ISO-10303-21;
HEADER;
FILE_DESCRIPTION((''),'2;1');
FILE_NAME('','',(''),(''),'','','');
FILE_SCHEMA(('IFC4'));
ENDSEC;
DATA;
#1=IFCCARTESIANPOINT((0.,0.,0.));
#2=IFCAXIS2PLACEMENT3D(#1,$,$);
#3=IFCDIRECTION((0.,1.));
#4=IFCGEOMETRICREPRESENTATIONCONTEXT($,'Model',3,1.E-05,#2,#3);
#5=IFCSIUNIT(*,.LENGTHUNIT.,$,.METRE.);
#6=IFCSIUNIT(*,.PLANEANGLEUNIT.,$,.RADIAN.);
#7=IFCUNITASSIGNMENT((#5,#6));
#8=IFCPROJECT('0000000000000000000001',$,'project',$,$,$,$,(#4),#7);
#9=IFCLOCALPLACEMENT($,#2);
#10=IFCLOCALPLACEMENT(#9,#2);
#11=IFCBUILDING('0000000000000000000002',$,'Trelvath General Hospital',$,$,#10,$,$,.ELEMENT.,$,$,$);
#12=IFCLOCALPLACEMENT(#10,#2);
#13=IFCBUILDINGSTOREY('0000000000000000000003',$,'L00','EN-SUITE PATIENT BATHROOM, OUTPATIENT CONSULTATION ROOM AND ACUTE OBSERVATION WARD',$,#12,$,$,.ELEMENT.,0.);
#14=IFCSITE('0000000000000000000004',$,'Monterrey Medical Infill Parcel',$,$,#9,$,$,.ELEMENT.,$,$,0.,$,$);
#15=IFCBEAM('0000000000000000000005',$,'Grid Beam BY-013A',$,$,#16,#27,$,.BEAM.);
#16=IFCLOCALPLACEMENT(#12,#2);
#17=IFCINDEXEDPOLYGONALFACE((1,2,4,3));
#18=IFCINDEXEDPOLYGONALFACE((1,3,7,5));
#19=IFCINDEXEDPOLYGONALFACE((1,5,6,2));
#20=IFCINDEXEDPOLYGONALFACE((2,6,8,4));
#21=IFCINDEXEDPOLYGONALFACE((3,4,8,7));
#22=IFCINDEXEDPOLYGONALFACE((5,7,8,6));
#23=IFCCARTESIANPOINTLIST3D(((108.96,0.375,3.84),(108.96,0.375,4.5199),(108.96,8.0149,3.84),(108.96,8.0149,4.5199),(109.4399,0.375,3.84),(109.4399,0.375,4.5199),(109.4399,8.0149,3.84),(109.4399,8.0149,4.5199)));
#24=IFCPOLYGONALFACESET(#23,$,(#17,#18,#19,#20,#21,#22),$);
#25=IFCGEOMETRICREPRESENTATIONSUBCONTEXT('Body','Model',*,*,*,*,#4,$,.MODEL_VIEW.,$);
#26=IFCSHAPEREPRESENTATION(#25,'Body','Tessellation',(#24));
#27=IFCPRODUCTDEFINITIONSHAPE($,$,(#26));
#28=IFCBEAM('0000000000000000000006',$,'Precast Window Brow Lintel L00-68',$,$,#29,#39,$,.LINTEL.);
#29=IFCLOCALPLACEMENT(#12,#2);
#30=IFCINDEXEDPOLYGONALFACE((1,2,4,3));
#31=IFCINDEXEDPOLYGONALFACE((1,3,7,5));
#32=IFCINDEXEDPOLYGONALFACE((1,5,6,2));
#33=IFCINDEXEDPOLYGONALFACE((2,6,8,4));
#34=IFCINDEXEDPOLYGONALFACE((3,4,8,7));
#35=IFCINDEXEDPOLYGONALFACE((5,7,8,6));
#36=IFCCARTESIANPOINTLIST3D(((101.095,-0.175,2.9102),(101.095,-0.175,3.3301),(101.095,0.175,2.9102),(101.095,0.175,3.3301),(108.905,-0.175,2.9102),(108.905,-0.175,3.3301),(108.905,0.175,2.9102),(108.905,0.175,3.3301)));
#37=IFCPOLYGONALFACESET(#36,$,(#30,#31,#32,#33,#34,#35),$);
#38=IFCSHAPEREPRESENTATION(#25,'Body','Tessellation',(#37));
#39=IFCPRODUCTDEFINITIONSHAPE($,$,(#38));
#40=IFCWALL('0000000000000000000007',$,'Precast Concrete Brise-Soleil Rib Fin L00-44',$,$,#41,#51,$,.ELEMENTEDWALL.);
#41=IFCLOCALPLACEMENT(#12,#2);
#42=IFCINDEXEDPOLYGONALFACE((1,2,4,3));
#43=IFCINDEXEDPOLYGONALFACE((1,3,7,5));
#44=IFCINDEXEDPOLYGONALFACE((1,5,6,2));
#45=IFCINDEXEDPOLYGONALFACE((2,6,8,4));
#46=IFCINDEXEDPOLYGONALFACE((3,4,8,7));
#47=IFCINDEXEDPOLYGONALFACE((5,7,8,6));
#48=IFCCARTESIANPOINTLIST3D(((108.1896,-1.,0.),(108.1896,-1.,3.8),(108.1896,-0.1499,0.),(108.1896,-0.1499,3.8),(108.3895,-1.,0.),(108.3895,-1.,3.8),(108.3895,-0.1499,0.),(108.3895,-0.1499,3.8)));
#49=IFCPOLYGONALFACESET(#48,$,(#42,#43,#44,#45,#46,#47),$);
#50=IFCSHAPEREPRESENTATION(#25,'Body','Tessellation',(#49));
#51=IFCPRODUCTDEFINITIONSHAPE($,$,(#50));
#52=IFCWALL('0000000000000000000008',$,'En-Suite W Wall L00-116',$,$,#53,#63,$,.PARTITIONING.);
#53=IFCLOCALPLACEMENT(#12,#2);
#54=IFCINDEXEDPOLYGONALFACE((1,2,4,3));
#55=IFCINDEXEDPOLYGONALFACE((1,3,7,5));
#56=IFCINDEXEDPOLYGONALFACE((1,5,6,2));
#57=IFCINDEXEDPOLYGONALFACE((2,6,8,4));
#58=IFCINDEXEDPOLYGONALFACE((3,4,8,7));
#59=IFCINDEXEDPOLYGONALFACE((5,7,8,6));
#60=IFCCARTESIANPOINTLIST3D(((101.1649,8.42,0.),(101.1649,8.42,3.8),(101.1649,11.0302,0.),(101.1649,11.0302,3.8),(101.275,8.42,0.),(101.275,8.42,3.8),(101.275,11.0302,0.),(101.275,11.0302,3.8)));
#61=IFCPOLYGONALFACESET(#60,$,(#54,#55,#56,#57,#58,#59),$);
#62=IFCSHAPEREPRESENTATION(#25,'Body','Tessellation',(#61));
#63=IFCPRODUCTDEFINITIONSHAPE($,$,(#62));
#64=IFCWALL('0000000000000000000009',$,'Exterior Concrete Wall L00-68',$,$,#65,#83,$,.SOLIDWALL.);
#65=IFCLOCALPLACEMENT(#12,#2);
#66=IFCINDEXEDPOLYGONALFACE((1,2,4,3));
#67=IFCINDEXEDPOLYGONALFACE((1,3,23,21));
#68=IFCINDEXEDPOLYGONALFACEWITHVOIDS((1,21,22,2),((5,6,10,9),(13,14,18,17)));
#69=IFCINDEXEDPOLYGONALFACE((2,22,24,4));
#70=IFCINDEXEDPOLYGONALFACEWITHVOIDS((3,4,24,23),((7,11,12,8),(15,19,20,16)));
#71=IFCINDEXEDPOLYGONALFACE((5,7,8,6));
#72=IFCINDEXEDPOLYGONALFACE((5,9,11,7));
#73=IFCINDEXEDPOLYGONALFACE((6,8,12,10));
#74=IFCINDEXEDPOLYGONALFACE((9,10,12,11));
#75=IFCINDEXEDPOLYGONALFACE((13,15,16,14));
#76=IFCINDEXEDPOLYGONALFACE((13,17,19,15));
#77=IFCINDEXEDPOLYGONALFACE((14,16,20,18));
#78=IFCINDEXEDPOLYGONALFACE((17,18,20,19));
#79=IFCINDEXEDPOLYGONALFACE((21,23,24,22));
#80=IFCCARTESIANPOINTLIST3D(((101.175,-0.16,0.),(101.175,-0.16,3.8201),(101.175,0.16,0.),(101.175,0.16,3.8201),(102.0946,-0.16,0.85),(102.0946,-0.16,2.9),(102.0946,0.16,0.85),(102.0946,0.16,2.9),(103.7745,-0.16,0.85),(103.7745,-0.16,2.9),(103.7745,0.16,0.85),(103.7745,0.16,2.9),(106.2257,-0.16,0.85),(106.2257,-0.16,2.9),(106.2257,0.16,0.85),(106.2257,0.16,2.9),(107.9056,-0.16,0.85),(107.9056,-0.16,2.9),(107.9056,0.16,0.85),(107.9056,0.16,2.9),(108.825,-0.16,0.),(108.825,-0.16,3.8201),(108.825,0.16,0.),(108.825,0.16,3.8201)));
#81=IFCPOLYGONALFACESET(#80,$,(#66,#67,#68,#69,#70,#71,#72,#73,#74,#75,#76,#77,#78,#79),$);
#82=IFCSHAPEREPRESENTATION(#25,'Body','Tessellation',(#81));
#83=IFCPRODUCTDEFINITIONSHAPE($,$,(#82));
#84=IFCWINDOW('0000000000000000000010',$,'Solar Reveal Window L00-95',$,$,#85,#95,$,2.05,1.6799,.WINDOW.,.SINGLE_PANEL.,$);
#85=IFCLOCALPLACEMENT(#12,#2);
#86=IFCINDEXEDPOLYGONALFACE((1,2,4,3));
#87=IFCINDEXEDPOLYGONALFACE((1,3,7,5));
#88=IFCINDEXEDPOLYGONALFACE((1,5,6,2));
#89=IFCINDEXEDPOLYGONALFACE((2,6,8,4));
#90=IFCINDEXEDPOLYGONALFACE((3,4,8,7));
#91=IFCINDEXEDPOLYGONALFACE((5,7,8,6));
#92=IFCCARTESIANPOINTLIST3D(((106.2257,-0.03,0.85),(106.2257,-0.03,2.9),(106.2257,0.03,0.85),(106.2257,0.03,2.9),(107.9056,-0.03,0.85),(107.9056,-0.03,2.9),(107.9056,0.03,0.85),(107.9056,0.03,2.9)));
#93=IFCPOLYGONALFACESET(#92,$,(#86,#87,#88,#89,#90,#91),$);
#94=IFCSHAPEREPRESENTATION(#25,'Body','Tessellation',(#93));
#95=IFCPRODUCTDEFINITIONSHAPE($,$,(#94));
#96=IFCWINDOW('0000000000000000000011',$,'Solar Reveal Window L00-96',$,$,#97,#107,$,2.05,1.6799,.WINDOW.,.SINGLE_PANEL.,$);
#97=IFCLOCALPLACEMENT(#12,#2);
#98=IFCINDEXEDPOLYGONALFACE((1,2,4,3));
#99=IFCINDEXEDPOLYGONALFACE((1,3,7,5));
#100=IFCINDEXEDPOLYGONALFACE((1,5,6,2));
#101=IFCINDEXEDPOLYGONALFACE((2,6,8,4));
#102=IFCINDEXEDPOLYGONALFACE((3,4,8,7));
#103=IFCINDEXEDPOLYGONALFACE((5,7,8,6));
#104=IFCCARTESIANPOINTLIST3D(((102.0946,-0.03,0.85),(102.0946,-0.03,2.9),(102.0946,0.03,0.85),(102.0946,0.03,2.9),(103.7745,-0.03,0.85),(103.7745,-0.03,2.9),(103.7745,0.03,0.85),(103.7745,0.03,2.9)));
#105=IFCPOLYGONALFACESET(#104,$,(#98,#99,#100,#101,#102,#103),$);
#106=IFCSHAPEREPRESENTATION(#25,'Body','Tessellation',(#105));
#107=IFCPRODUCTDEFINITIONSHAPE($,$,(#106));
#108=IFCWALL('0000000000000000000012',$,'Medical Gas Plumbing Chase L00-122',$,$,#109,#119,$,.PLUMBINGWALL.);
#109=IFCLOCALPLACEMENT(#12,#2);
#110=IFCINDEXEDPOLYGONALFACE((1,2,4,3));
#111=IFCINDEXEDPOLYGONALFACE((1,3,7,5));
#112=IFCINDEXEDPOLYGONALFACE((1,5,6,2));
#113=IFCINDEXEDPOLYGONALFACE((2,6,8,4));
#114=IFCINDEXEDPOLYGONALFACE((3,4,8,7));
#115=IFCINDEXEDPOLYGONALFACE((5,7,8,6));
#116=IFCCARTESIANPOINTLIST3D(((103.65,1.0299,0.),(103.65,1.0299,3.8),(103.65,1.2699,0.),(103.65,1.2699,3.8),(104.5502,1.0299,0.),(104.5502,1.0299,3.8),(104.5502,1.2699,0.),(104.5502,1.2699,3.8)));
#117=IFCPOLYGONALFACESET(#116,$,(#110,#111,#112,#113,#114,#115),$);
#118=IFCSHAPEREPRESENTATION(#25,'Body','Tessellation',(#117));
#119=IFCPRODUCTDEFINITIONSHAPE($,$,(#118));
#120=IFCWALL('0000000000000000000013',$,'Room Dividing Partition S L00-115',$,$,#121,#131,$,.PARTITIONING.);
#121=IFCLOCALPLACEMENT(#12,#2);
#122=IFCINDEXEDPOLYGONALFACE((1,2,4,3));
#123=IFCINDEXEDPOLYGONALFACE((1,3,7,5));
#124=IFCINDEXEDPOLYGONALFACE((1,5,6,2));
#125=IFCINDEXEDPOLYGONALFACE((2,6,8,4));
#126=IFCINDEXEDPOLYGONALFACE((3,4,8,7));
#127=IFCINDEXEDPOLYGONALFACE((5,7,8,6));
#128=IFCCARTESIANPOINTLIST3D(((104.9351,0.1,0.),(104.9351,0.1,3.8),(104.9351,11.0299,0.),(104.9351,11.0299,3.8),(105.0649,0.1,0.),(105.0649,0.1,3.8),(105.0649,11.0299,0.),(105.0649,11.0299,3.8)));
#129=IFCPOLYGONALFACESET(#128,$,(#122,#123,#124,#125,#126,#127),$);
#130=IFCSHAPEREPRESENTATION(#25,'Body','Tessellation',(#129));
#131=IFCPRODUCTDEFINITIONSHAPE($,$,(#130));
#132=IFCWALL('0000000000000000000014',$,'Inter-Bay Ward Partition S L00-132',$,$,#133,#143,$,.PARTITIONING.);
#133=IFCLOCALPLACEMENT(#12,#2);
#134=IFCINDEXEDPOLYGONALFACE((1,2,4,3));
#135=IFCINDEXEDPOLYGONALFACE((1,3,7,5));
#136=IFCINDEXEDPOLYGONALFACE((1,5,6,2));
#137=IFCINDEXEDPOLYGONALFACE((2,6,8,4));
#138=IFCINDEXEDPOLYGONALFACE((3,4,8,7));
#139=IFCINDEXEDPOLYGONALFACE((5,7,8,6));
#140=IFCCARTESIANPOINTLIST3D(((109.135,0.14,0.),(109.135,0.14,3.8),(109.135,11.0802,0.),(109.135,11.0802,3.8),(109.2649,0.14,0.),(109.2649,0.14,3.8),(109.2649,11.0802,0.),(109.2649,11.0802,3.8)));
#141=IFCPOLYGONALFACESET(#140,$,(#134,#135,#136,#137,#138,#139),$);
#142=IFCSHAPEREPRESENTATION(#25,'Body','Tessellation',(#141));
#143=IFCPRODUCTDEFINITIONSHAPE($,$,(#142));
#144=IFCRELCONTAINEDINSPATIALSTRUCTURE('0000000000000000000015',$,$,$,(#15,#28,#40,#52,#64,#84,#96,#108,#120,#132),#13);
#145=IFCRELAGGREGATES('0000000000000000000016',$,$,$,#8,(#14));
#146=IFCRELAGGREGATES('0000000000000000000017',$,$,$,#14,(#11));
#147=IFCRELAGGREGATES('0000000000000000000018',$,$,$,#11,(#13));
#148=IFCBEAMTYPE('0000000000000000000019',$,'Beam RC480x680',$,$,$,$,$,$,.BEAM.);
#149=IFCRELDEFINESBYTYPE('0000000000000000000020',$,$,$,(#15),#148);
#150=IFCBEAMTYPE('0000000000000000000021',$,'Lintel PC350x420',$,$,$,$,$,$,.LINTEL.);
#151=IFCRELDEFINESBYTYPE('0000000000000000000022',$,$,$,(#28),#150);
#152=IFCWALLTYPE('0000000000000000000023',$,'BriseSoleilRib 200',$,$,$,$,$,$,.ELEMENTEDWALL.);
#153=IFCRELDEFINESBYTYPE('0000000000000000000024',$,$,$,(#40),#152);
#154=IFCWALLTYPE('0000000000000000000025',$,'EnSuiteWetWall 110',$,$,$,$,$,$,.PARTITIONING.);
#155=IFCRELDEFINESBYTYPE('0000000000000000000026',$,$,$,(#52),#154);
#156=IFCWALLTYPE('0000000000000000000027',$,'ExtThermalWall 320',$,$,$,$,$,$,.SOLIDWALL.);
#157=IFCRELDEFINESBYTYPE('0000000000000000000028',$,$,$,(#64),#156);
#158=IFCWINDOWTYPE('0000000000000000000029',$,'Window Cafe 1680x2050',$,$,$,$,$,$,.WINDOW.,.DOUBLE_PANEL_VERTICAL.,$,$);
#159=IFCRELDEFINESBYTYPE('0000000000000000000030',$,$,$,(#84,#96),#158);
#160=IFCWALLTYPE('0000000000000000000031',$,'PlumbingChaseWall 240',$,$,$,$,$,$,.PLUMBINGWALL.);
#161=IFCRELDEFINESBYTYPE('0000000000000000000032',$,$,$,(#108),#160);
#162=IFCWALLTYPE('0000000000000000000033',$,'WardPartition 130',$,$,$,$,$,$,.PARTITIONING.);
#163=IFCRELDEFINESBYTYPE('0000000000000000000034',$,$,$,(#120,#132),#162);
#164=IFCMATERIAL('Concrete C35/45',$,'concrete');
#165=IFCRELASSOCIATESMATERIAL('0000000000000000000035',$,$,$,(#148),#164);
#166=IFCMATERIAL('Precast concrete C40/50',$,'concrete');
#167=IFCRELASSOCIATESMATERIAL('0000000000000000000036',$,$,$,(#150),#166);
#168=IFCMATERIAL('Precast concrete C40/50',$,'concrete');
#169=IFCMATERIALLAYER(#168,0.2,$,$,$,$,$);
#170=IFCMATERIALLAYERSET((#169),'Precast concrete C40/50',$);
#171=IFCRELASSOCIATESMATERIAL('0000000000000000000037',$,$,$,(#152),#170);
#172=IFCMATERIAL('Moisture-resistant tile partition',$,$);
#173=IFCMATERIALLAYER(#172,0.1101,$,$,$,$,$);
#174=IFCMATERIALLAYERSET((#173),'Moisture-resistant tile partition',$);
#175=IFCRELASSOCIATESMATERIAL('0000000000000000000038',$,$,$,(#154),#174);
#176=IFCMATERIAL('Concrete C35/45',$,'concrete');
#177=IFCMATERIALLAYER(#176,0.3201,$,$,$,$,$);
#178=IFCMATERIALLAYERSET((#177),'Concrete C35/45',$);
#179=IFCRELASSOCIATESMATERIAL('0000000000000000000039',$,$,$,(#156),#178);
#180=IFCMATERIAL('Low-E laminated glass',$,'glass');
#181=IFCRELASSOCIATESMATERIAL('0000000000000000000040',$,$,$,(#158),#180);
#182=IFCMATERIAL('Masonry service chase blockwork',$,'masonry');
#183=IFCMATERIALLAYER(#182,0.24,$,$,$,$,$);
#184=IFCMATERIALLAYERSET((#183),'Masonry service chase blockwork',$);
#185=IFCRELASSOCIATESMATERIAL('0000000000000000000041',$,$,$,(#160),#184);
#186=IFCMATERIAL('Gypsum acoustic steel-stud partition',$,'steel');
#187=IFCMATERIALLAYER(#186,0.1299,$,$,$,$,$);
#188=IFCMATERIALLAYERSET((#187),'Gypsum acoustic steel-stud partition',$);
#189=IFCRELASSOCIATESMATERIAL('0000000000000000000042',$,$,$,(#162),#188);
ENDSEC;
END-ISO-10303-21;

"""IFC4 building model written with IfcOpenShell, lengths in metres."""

from ifc_helpers import new_model, si_unit, direction, frame, frame_2d, origin, origin_2d, place, context, subcontext, project, spatial, rectangle, extrude, material, layer, layer_set, material_profile, profile_set, type_object, element, fill, save


model = new_model("IFC4")

# Units and contexts
model_context = context("Model", 3, precision=1e-05, world=origin(), true_north=direction((0.0, 1.0)))
body_context = subcontext(model_context, "Body", "Model", "MODEL_VIEW")
ifc_project = project(units=[si_unit("LENGTHUNIT", "METRE"), si_unit("PLANEANGLEUNIT", "RADIAN")], contexts=[model_context])

# Site, building, storey
site_placement = place(None, origin())
site = spatial("IfcSite", under=ifc_project, at=site_placement, Name="Monterrey Medical Infill Parcel", CompositionType="ELEMENT", RefElevation=0.0)
building_placement = place(site_placement, origin())
building = spatial("IfcBuilding", under=site, at=building_placement, Name="Trelvath General Hospital", CompositionType="ELEMENT")
storey_placement = place(building_placement, origin())
storey = spatial("IfcBuildingStorey", under=building, at=storey_placement, Name="L00", Description="EN-SUITE PATIENT BATHROOM, OUTPATIENT CONSULTATION ROOM AND ACUTE OBSERVATION WARD", CompositionType="ELEMENT", Elevation=0.0)

# Beams
ifc_material_1 = material(Name="Concrete C35/45", Category="concrete")
ifc_material_profile_1 = material_profile(ifc_material_1, rectangle(XDim=0.48, YDim=0.6799, at=origin_2d()), Name="RCB480x680")
ifc_profile_set_1 = profile_set([ifc_material_profile_1], Name="Concrete C35/45")
beam_type_1 = type_object("IfcBeamType", Name="Beam RC480x680", PredefinedType="BEAM", material=ifc_profile_set_1)
beam_1_placement = place(storey_placement, frame((109.2, 0.375, 4.1799), z_axis=(0.0, 1.0, 0.0), x_axis=(-1.0, 0.0, 0.0)))
element("IfcBeam", 1, at=beam_1_placement, inside=storey, type_object=beam_type_1, Name="Grid Beam BY-013A", PredefinedType="BEAM", context=body_context, shape_type="SweptSolid", body=[
    extrude(rectangle(XDim=0.48, YDim=0.6799, at=origin_2d()), origin(), (0.0, 0.0, 1.0), 7.6399),
])
ifc_material_2 = material(Name="Precast concrete C40/50", Category="concrete")
ifc_material_profile_2 = material_profile(ifc_material_2, rectangle(XDim=0.3501, YDim=0.4199, at=origin_2d()), Name="PCL350x420")
ifc_profile_set_2 = profile_set([ifc_material_profile_2], Name="Precast concrete C40/50")
beam_type_2 = type_object("IfcBeamType", Name="Lintel PC350x420", PredefinedType="LINTEL", material=ifc_profile_set_2)
beam_2_placement = place(storey_placement, frame((108.905, 0.0, 3.1201), z_axis=(-1.0, 0.0, 0.0), x_axis=(0.0, -1.0, 0.0)))
element("IfcBeam", 2, at=beam_2_placement, inside=storey, type_object=beam_type_2, Name="Precast Window Brow Lintel L00-68", PredefinedType="LINTEL", context=body_context, shape_type="SweptSolid", body=[
    extrude(rectangle(XDim=0.3501, YDim=0.4199, at=origin_2d()), origin(), (0.0, 0.0, 1.0), 7.8101),
])

# Walls
ifc_material_3 = material(Name="Precast concrete C40/50", Category="concrete")
ifc_layer_1 = layer(ifc_material_3, 0.2)
ifc_layer_set_1 = layer_set([ifc_layer_1], Name="Precast concrete C40/50")
wall_type_1 = type_object("IfcWallType", Name="BriseSoleilRib 200", PredefinedType="ELEMENTEDWALL", material=ifc_layer_set_1)
wall_1_placement = place(storey_placement, frame((108.2896, -0.1499, 0.0), z_axis=(0.0, 0.0, 1.0), x_axis=(0.0, -1.0, 0.0)))
element("IfcWall", 3, at=wall_1_placement, inside=storey, type_object=wall_type_1, Name="Precast Concrete Brise-Soleil Rib Fin L00-44", PredefinedType="ELEMENTEDWALL", context=body_context, shape_type="SweptSolid", body=[
    extrude(rectangle(XDim=0.8501, YDim=0.2, at=frame_2d((0.425, 0.0))), origin(), (0.0, 0.0, 1.0), 3.8),
])
ifc_material_4 = material(Name="Moisture-resistant tile partition")
ifc_layer_2 = layer(ifc_material_4, 0.1101)
ifc_layer_set_2 = layer_set([ifc_layer_2], Name="Moisture-resistant tile partition")
wall_type_2 = type_object("IfcWallType", Name="EnSuiteWetWall 110", PredefinedType="PARTITIONING", material=ifc_layer_set_2)
wall_2_placement = place(storey_placement, frame((101.22, 8.4199, 0.0), z_axis=(0.0, 0.0, 1.0), x_axis=(0.0, 1.0, 0.0)))
element("IfcWall", 4, at=wall_2_placement, inside=storey, type_object=wall_type_2, Name="En-Suite W Wall L00-116", PredefinedType="PARTITIONING", context=body_context, shape_type="SweptSolid", body=[
    extrude(rectangle(XDim=2.6101, YDim=0.1101, at=frame_2d((1.3052, 0.0))), origin(), (0.0, 0.0, 1.0), 3.8),
])

# Wall, openings, windows
ifc_material_5 = material(Name="Concrete C35/45", Category="concrete")
ifc_layer_3 = layer(ifc_material_5, 0.3201)
ifc_layer_set_3 = layer_set([ifc_layer_3], Name="Concrete C35/45")
wall_type_3 = type_object("IfcWallType", Name="ExtThermalWall 320", PredefinedType="SOLIDWALL", material=ifc_layer_set_3)
wall_3_placement = place(storey_placement, frame((108.825, 0.0, 0.0), z_axis=(0.0, 0.0, 1.0), x_axis=(-1.0, 0.0, 0.0)))
wall_3 = element("IfcWall", 5, at=wall_3_placement, inside=storey, type_object=wall_type_3, Name="Exterior Concrete Wall L00-68", PredefinedType="SOLIDWALL", context=body_context, shape_type="SweptSolid", body=[
    extrude(rectangle(XDim=7.6499, YDim=0.3201, at=frame_2d((3.825, 0.0))), origin(), (0.0, 0.0, 1.0), 3.8201),
])
opening_1_placement = place(wall_3_placement, frame((0.9194, 0.0, 0.8501)))
opening_1 = element("IfcOpeningElement", 6, at=opening_1_placement, cuts=wall_3, PredefinedType="OPENING", context=body_context, shape_type="SweptSolid", body=[
    extrude(rectangle(XDim=1.6799, YDim=2.05, at=frame_2d((0.8398, 1.0249))), frame((0.0, 0.1699, 0.0), z_axis=(0.0, -1.0, 0.0), x_axis=(1.0, 0.0, 0.0)), (0.0, 0.0, 1.0), 0.3401),
])
opening_2_placement = place(wall_3_placement, frame((5.0505, 0.0, 0.8501)))
opening_2 = element("IfcOpeningElement", 7, at=opening_2_placement, cuts=wall_3, PredefinedType="OPENING", context=body_context, shape_type="SweptSolid", body=[
    extrude(rectangle(XDim=1.6799, YDim=2.05, at=frame_2d((0.8398, 1.0249))), frame((0.0, 0.1699, 0.0), z_axis=(0.0, -1.0, 0.0), x_axis=(1.0, 0.0, 0.0)), (0.0, 0.0, 1.0), 0.3401),
])
ifc_material_6 = material(Name="Low-E laminated glass", Category="glass")
window_type = type_object("IfcWindowType", Name="Window Cafe 1680x2050", PartitioningType="DOUBLE_PANEL_VERTICAL", PredefinedType="WINDOW", material=ifc_material_6)
window_1_placement = place(opening_1_placement, origin())
window_1 = element("IfcWindow", 8, at=window_1_placement, inside=storey, type_object=window_type, Name="Solar Reveal Window L00-95", OverallHeight=2.05, OverallWidth=1.6799, PartitioningType="SINGLE_PANEL", PredefinedType="WINDOW", context=body_context, shape_type="SweptSolid", body=[
    extrude(rectangle(XDim=1.6799, YDim=2.05, at=frame_2d((0.8398, 1.0249))), frame((0.0, 0.03, 0.0), z_axis=(0.0, -1.0, 0.0), x_axis=(1.0, 0.0, 0.0)), (0.0, 0.0, 1.0), 0.0601),
])
fill(opening_1, window_1)
window_2_placement = place(opening_2_placement, origin())
window_2 = element("IfcWindow", 9, at=window_2_placement, inside=storey, type_object=window_type, Name="Solar Reveal Window L00-96", OverallHeight=2.05, OverallWidth=1.6799, PartitioningType="SINGLE_PANEL", PredefinedType="WINDOW", context=body_context, shape_type="SweptSolid", body=[
    extrude(rectangle(XDim=1.6799, YDim=2.05, at=frame_2d((0.8398, 1.0249))), frame((0.0, 0.03, 0.0), z_axis=(0.0, -1.0, 0.0), x_axis=(1.0, 0.0, 0.0)), (0.0, 0.0, 1.0), 0.0601),
])
fill(opening_2, window_2)

# Walls
ifc_material_7 = material(Name="Masonry service chase blockwork", Category="masonry")
ifc_layer_4 = layer(ifc_material_7, 0.24)
ifc_layer_set_4 = layer_set([ifc_layer_4], Name="Masonry service chase blockwork")
wall_type_4 = type_object("IfcWallType", Name="PlumbingChaseWall 240", PredefinedType="PLUMBINGWALL", material=ifc_layer_set_4)
wall_4_placement = place(storey_placement, frame((103.6499, 1.1499, 0.0), z_axis=(0.0, 0.0, 1.0), x_axis=(1.0, 0.0, 0.0)))
element("IfcWall", 10, at=wall_4_placement, inside=storey, type_object=wall_type_4, Name="Medical Gas Plumbing Chase L00-122", PredefinedType="PLUMBINGWALL", context=body_context, shape_type="SweptSolid", body=[
    extrude(rectangle(XDim=0.9001, YDim=0.24, at=frame_2d((0.4502, 0.0))), origin(), (0.0, 0.0, 1.0), 3.8),
])
ifc_material_8 = material(Name="Gypsum acoustic steel-stud partition", Category="steel")
ifc_layer_5 = layer(ifc_material_8, 0.1299)
ifc_layer_set_5 = layer_set([ifc_layer_5], Name="Gypsum acoustic steel-stud partition")
wall_type_5 = type_object("IfcWallType", Name="WardPartition 130", PredefinedType="PARTITIONING", material=ifc_layer_set_5)
wall_5_placement = place(storey_placement, frame((105.0, 0.1001, 0.0), z_axis=(0.0, 0.0, 1.0), x_axis=(0.0, 1.0, 0.0)))
element("IfcWall", 11, at=wall_5_placement, inside=storey, type_object=wall_type_5, Name="Room Dividing Partition S L00-115", PredefinedType="PARTITIONING", context=body_context, shape_type="SweptSolid", body=[
    extrude(rectangle(XDim=10.9299, YDim=0.1299, at=frame_2d((5.4648, 0.0))), origin(), (0.0, 0.0, 1.0), 3.8),
])
wall_6_placement = place(storey_placement, frame((109.2, 0.1399, 0.0), z_axis=(0.0, 0.0, 1.0), x_axis=(0.0, 1.0, 0.0)))
element("IfcWall", 12, at=wall_6_placement, inside=storey, type_object=wall_type_5, Name="Inter-Bay Ward Partition S L00-132", PredefinedType="PARTITIONING", context=body_context, shape_type="SweptSolid", body=[
    extrude(rectangle(XDim=10.9402, YDim=0.1299, at=frame_2d((5.4702, 0.0))), origin(), (0.0, 0.0, 1.0), 3.8),
])

save(model, "model.ifc")
